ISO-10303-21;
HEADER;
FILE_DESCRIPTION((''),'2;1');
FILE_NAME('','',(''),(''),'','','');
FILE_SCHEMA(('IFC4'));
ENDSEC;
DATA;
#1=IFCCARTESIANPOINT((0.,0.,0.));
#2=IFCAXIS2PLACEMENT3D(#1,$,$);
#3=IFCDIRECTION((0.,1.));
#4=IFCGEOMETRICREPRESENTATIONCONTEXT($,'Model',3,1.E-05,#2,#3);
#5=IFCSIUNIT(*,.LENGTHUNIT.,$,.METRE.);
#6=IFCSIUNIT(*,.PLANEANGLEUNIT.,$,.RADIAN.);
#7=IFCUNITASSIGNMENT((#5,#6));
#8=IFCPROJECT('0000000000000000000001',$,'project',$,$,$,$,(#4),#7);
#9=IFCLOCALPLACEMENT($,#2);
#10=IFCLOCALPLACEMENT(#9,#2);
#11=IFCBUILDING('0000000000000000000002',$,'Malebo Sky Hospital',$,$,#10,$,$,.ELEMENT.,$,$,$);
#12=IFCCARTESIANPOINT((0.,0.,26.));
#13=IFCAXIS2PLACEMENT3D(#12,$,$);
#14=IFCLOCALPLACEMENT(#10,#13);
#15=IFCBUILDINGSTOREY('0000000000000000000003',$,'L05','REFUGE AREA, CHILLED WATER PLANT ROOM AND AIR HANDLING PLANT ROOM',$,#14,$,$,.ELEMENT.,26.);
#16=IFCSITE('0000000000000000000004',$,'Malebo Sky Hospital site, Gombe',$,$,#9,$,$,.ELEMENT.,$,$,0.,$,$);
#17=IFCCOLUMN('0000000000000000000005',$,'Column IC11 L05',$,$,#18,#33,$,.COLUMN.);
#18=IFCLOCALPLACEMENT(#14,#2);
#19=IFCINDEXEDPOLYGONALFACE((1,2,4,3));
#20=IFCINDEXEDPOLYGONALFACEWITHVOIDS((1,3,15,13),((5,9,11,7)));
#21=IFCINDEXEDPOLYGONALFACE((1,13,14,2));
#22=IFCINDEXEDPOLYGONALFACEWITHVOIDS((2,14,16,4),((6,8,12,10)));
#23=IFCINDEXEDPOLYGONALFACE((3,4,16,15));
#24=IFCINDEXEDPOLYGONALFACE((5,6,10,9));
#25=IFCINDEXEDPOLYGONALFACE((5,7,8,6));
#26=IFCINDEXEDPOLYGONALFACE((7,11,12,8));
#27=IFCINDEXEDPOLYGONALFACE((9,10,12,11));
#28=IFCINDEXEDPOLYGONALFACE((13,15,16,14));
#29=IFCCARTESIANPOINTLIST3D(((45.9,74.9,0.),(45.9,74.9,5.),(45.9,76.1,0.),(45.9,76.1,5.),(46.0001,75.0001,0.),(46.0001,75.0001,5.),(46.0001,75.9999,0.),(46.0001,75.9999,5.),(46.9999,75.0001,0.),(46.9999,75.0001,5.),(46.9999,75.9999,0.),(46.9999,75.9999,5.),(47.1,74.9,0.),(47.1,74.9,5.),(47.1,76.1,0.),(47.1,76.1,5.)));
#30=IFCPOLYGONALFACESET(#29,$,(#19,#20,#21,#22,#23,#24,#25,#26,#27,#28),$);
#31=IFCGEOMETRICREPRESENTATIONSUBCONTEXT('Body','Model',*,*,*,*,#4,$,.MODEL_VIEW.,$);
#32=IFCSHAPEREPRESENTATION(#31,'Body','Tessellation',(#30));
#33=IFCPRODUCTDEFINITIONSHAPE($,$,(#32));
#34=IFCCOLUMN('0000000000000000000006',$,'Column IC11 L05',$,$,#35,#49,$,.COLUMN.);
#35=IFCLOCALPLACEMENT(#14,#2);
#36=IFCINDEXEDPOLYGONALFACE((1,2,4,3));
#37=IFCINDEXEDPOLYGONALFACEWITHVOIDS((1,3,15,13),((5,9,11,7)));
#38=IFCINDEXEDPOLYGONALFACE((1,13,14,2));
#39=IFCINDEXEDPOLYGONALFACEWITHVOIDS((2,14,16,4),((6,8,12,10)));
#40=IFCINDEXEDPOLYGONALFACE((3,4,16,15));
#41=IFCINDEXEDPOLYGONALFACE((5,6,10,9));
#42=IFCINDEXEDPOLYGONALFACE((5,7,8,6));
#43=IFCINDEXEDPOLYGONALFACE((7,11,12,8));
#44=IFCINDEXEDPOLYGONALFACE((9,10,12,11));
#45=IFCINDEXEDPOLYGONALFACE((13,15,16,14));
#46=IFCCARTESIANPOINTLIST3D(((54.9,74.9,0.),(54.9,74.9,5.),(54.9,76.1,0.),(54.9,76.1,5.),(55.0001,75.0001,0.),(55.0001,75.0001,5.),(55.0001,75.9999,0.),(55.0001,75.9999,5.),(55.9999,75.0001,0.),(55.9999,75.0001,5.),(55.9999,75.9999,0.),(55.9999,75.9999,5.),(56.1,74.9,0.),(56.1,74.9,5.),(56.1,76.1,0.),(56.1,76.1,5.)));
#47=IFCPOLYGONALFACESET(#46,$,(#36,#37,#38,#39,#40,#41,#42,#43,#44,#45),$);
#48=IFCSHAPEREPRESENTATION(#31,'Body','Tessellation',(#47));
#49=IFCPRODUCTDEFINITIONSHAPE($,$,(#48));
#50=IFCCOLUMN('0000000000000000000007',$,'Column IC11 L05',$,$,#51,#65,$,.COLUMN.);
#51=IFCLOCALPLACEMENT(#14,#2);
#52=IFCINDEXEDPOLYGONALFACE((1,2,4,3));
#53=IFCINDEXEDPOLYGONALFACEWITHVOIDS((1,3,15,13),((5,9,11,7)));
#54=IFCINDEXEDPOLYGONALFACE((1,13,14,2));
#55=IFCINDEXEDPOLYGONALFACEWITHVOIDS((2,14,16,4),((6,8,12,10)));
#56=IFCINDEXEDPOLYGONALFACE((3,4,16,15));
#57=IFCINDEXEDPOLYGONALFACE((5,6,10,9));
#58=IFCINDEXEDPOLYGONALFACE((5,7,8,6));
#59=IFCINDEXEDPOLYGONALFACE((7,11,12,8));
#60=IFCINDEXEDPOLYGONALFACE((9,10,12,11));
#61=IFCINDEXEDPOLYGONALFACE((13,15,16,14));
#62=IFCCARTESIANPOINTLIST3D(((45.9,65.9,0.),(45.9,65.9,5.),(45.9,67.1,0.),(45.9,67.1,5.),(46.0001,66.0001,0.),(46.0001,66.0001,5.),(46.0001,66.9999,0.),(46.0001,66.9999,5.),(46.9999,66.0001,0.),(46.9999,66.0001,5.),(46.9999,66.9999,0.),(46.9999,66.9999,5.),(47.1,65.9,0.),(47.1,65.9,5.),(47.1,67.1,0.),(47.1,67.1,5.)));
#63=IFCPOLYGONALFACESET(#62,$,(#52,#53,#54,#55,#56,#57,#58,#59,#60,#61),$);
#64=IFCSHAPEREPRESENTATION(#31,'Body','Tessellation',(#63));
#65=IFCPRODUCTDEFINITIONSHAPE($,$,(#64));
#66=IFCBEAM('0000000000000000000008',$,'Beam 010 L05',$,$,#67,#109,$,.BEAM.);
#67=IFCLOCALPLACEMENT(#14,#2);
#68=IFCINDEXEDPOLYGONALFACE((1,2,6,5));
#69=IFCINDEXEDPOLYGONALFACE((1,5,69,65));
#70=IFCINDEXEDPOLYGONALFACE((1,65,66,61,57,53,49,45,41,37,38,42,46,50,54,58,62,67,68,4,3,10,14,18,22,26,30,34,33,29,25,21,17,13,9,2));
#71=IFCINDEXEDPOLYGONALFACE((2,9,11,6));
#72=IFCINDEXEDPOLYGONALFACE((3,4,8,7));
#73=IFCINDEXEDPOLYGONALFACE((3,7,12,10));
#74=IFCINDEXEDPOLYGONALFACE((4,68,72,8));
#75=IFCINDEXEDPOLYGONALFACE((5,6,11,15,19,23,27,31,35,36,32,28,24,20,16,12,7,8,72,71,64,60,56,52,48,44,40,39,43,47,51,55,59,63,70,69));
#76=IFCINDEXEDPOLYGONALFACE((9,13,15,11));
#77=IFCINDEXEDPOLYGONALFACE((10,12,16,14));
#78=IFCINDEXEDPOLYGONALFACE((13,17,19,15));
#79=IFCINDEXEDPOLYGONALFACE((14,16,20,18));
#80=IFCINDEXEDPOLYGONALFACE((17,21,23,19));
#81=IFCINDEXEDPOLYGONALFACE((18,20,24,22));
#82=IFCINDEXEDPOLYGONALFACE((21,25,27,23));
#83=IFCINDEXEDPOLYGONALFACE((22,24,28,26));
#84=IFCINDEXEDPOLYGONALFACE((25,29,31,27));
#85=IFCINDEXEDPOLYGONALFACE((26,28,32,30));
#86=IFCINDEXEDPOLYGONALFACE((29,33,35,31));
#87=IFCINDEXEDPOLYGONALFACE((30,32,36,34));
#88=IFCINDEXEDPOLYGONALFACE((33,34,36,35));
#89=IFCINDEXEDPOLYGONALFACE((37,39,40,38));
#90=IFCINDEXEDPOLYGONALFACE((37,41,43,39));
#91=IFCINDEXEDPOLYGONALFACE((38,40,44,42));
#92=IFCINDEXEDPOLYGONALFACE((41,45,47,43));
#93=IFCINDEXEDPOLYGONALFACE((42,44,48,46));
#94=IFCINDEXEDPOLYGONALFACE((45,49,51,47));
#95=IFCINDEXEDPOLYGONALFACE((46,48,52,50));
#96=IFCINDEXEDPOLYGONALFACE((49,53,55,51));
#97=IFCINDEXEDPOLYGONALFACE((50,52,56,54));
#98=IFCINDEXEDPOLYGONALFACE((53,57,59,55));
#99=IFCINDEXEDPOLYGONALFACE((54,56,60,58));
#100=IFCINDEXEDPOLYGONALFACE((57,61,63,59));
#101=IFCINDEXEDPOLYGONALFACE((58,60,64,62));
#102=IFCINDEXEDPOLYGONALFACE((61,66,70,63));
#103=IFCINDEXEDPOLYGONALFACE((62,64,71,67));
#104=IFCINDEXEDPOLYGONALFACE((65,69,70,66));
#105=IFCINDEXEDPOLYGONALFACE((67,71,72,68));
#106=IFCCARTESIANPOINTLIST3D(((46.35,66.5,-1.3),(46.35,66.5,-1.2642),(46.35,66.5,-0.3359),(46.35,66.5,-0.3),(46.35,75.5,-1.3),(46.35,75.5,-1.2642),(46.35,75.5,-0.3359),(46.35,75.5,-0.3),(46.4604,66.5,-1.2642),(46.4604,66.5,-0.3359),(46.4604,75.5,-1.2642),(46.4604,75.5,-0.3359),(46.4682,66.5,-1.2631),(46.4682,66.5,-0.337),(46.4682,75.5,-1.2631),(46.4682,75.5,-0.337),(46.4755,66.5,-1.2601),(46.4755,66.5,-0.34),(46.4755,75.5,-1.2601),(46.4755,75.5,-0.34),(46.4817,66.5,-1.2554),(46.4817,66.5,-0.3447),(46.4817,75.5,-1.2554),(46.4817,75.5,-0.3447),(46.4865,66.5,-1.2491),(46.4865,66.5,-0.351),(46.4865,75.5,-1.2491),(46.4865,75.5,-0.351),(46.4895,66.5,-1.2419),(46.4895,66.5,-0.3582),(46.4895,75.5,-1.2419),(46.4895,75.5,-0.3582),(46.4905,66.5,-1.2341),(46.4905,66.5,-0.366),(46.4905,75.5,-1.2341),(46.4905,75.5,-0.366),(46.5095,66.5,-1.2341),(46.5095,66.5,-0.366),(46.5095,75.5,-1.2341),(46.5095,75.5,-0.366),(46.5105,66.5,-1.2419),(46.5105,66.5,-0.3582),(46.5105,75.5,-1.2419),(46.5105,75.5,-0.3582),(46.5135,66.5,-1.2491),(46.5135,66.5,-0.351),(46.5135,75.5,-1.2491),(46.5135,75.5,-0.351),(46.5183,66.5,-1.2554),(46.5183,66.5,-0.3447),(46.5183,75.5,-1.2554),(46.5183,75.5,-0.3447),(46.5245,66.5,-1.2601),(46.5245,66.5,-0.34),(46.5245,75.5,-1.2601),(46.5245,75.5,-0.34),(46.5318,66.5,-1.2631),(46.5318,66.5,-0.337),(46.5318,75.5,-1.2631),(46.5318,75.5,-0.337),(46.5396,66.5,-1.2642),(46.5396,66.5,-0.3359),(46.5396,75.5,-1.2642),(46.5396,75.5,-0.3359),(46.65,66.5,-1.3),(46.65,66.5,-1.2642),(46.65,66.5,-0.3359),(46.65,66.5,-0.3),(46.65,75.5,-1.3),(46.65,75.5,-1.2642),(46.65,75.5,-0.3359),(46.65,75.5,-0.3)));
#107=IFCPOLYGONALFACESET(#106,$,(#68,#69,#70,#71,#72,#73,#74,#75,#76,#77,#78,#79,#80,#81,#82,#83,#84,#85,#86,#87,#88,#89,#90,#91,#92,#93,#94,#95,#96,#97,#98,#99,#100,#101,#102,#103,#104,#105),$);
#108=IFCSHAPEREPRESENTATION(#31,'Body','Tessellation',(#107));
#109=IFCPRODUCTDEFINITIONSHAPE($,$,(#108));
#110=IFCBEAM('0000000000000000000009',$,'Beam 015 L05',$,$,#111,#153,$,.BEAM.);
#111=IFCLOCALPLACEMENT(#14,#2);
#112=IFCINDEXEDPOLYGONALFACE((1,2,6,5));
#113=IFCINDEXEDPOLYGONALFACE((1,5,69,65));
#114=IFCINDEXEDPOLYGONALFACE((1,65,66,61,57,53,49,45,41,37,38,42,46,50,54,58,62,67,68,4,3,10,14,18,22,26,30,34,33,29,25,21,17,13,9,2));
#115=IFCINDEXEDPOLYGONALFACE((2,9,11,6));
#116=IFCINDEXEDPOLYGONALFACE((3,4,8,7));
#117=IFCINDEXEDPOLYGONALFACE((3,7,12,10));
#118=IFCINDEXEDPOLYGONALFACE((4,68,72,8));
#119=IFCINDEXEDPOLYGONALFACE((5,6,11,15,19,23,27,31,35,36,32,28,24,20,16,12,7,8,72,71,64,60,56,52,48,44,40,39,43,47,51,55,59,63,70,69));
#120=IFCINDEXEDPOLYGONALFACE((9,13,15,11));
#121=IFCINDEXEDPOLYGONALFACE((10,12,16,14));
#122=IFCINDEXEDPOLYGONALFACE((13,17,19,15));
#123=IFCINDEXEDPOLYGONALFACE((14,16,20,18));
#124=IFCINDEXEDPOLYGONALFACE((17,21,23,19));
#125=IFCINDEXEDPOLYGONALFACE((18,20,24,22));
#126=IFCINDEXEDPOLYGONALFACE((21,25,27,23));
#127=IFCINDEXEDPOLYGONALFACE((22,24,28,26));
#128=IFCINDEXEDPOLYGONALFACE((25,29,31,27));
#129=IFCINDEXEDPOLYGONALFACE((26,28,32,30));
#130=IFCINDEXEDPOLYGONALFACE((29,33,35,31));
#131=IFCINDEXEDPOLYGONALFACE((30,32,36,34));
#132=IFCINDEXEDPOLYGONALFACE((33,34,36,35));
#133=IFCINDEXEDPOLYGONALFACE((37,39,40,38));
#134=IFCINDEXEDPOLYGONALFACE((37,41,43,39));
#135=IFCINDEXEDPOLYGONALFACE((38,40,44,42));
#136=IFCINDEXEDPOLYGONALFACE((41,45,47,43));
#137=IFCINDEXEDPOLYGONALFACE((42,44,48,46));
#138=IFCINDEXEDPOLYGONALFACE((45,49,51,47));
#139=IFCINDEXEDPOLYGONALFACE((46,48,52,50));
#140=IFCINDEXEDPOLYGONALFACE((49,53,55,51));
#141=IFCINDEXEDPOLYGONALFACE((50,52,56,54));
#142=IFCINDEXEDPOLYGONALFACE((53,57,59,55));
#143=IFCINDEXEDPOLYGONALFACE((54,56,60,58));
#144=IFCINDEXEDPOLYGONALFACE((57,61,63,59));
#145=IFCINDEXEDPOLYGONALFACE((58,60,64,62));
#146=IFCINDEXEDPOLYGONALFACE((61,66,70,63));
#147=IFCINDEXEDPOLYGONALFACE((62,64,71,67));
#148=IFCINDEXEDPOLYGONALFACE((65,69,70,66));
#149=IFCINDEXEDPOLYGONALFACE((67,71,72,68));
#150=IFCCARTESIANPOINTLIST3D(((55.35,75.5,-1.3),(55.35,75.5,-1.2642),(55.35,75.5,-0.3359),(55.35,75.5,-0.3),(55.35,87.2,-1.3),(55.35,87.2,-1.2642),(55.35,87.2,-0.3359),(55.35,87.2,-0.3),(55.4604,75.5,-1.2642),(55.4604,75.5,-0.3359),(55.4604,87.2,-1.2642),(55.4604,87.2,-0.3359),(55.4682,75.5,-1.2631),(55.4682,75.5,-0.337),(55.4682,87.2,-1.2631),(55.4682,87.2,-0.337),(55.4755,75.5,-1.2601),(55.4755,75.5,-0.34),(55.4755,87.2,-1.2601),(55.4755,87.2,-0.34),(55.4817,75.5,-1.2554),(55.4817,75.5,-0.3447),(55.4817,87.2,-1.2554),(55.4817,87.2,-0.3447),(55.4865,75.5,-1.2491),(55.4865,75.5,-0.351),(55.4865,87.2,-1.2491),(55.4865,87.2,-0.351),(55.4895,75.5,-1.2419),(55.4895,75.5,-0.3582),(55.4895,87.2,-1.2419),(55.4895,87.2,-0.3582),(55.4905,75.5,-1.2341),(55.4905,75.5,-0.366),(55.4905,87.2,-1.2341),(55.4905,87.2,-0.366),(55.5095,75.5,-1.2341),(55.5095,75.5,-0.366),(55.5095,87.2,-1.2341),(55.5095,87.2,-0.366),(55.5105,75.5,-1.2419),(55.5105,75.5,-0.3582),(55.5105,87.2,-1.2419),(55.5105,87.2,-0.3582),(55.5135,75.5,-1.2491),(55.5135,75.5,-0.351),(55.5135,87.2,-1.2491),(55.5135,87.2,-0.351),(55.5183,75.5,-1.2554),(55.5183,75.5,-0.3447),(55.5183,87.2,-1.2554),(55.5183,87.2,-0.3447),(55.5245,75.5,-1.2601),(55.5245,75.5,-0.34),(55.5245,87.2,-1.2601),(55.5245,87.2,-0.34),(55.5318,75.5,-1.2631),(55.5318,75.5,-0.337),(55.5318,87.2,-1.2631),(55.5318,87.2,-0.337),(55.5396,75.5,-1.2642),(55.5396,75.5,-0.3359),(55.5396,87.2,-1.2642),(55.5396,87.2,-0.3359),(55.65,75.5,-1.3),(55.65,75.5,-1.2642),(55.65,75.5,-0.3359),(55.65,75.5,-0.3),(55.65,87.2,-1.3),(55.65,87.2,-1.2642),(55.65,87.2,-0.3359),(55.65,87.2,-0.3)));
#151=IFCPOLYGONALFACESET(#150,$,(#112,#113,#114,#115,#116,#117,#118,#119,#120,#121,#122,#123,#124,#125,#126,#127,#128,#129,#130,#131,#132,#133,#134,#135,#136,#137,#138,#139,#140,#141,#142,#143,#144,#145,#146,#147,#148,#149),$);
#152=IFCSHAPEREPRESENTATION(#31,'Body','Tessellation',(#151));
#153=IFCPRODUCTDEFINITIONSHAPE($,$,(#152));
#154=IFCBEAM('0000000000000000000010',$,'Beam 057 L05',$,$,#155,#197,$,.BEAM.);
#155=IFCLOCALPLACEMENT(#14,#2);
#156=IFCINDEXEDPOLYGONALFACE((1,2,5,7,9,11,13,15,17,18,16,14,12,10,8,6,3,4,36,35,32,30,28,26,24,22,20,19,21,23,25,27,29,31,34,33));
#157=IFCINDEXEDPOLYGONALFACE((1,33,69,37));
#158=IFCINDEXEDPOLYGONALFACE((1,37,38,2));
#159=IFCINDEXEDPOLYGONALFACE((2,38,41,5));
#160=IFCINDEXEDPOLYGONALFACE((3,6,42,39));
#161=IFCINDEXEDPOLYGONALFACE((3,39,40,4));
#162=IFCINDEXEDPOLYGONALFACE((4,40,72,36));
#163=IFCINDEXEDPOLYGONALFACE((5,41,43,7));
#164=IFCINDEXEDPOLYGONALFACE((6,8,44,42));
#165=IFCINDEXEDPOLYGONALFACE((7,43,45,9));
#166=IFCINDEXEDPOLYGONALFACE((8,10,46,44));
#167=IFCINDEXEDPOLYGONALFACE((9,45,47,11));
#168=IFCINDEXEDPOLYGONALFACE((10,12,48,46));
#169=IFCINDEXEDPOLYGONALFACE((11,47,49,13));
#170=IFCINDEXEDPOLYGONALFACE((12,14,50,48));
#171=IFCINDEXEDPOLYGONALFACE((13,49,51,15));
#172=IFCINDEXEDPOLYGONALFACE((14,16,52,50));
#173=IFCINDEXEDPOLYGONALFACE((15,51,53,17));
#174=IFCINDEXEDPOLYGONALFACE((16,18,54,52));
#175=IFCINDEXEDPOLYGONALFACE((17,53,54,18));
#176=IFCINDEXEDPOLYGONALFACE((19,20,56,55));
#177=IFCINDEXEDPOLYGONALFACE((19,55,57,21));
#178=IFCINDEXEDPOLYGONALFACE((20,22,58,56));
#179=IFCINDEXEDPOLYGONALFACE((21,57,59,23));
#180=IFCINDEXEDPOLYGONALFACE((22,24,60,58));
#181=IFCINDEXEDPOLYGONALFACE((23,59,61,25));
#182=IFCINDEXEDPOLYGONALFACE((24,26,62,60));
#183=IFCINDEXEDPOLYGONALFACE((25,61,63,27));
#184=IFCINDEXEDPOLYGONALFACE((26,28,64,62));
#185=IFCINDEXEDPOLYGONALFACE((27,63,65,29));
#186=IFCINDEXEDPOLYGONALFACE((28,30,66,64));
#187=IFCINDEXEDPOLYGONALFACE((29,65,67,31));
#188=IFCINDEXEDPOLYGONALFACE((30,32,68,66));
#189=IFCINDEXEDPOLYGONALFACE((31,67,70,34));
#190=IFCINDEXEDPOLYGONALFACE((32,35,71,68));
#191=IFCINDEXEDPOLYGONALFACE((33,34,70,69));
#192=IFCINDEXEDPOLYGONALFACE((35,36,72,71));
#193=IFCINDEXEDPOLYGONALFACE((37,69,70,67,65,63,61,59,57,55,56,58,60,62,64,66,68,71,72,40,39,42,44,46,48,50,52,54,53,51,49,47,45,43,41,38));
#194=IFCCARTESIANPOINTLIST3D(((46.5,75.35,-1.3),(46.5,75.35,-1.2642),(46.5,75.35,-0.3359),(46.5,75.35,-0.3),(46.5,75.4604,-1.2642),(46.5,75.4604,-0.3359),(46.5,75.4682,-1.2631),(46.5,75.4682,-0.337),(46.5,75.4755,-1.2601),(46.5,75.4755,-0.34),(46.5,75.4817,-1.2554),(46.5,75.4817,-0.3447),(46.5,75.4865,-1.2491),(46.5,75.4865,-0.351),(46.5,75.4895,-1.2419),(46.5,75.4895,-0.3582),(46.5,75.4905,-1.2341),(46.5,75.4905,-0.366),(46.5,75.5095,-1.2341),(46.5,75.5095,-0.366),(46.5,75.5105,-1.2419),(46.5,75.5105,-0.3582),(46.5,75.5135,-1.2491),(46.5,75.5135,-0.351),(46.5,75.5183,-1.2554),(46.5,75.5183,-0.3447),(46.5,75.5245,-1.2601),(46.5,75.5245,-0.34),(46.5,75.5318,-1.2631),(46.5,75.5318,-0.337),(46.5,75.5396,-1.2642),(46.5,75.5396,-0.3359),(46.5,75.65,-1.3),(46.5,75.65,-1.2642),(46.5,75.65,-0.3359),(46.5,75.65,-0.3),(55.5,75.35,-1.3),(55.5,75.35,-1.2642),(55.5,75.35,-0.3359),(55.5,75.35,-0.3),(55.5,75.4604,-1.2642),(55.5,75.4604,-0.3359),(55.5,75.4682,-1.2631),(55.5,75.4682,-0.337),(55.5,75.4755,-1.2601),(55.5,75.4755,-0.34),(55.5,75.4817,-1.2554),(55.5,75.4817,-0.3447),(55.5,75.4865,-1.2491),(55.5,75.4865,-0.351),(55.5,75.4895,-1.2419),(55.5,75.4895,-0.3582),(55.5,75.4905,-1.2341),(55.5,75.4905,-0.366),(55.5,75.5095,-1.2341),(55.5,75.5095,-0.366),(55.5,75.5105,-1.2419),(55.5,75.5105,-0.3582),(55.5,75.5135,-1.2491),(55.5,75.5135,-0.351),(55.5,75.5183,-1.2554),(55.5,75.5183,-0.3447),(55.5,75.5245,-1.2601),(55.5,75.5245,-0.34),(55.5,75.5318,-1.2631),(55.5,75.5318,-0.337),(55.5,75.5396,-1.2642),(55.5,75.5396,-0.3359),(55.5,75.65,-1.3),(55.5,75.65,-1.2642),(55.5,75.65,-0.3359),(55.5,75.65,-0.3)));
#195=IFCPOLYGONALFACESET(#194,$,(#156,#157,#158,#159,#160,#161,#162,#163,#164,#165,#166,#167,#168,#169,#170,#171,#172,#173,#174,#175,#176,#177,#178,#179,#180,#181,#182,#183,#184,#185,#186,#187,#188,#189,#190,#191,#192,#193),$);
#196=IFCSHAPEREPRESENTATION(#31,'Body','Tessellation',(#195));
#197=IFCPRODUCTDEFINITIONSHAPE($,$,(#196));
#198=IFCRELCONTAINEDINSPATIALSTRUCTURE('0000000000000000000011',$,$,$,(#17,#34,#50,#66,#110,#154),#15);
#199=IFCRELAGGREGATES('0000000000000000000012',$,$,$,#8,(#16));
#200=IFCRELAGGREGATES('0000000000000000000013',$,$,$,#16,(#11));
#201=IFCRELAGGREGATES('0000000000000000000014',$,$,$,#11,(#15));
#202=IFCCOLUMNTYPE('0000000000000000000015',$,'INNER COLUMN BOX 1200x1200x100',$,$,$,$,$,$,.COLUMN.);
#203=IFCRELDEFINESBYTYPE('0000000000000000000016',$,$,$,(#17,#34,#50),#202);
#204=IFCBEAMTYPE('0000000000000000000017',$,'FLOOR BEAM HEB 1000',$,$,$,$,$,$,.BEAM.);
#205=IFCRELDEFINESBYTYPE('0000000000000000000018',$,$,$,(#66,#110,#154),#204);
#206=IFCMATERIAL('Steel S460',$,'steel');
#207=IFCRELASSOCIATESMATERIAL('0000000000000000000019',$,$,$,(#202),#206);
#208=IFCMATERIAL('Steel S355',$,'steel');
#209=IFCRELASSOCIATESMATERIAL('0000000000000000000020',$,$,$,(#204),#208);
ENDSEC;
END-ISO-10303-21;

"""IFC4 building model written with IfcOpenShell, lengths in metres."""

from ifc_helpers import new_model, si_unit, direction, frame, origin, origin_2d, place, context, subcontext, project, spatial, hollow_rectangle, i_section, extrude, material, material_profile, profile_set, type_object, element, save


model = new_model("IFC4")

# Units and contexts
model_context = context("Model", 3, precision=1e-05, world=origin(), true_north=direction((0.0, 1.0)))
body_context = subcontext(model_context, "Body", "Model", "MODEL_VIEW")
ifc_project = project(units=[si_unit("LENGTHUNIT", "METRE"), si_unit("PLANEANGLEUNIT", "RADIAN")], contexts=[model_context])

# Site, building, storey
site_placement = place(None, origin())
site = spatial("IfcSite", under=ifc_project, at=site_placement, Name="Malebo Sky Hospital site, Gombe", CompositionType="ELEMENT", RefElevation=0.0)
building_placement = place(site_placement, origin())
building = spatial("IfcBuilding", under=site, at=building_placement, Name="Malebo Sky Hospital", CompositionType="ELEMENT")
storey_placement = place(building_placement, frame((0.0, 0.0, 26.0)))
storey = spatial("IfcBuildingStorey", under=building, at=storey_placement, Name="L05", Description="REFUGE AREA, CHILLED WATER PLANT ROOM AND AIR HANDLING PLANT ROOM", CompositionType="ELEMENT", Elevation=26.0)

# Columns
ifc_material_1 = material(Name="Steel S460", Category="steel")
ifc_material_profile_1 = material_profile(ifc_material_1, hollow_rectangle(XDim=1.2, YDim=1.2, WallThickness=0.1001, at=origin_2d()), Name="BOX 1200x1200x100")
ifc_profile_set_1 = profile_set([ifc_material_profile_1], Name="Steel S460")
column_type = type_object("IfcColumnType", Name="INNER COLUMN BOX 1200x1200x100", PredefinedType="COLUMN", material=ifc_profile_set_1)
for number, where, z_axis, x_axis, name in (
    (1, (46.5, 75.5, 0.0), (0.0, 0.0, 1.0), (1.0, 0.0, 0.0), "Column IC11 L05"),
    (2, (55.5, 75.5, 0.0), (0.0, 0.0, 1.0), (1.0, 0.0, 0.0), "Column IC11 L05"),
    (3, (46.5, 66.5, 0.0), (0.0, 0.0, 1.0), (1.0, 0.0, 0.0), "Column IC11 L05"),
):
    element("IfcColumn", number, at=place(storey_placement, frame(where, z_axis=z_axis, x_axis=x_axis)), inside=storey, type_object=column_type, Name=name, PredefinedType="COLUMN", context=body_context, shape_type="SweptSolid", body=[
        extrude(hollow_rectangle(XDim=1.2, YDim=1.2, WallThickness=0.1001, at=origin_2d()), origin(), (0.0, 0.0, 1.0), 5.0),
    ])

# Beams
ifc_material_2 = material(Name="Steel S355", Category="steel")
ifc_material_profile_2 = material_profile(ifc_material_2, i_section(OverallWidth=0.3, OverallDepth=1.0, WebThickness=0.019, FlangeThickness=0.0359, FilletRadius=0.03, at=origin_2d()), Name="HEB 1000")
ifc_profile_set_2 = profile_set([ifc_material_profile_2], Name="Steel S355")
beam_type_1 = type_object("IfcBeamType", Name="FLOOR BEAM HEB 1000", PredefinedType="BEAM", material=ifc_profile_set_2)
beam_1_placement = place(storey_placement, frame((46.5, 66.5, -0.8), z_axis=(0.0, 1.0, 0.0), x_axis=(-1.0, 0.0, 0.0)))
element("IfcBeam", 4, at=beam_1_placement, inside=storey, type_object=beam_type_1, Name="Beam 010 L05", PredefinedType="BEAM", context=body_context, shape_type="SweptSolid", body=[
    extrude(i_section(OverallWidth=0.3, OverallDepth=1.0, WebThickness=0.019, FlangeThickness=0.0359, FilletRadius=0.03, at=origin_2d()), origin(), (0.0, 0.0, 1.0), 9.0),
])
beam_2_placement = place(storey_placement, frame((55.5, 75.5, -0.8), z_axis=(0.0, 1.0, 0.0), x_axis=(-1.0, 0.0, 0.0)))
element("IfcBeam", 5, at=beam_2_placement, inside=storey, type_object=beam_type_1, Name="Beam 015 L05", PredefinedType="BEAM", context=body_context, shape_type="SweptSolid", body=[
    extrude(i_section(OverallWidth=0.3, OverallDepth=1.0, WebThickness=0.019, FlangeThickness=0.0359, FilletRadius=0.03, at=origin_2d()), origin(), (0.0, 0.0, 1.0), 11.7),
])
beam_3_placement = place(storey_placement, frame((46.5, 75.5, -0.8), z_axis=(1.0, 0.0, 0.0), x_axis=(0.0, 1.0, 0.0)))
element("IfcBeam", 6, at=beam_3_placement, inside=storey, type_object=beam_type_1, Name="Beam 057 L05", PredefinedType="BEAM", context=body_context, shape_type="SweptSolid", body=[
    extrude(i_section(OverallWidth=0.3, OverallDepth=1.0, WebThickness=0.019, FlangeThickness=0.0359, FilletRadius=0.03, at=origin_2d()), origin(), (0.0, 0.0, 1.0), 9.0),
])

save(model, "model.ifc")
